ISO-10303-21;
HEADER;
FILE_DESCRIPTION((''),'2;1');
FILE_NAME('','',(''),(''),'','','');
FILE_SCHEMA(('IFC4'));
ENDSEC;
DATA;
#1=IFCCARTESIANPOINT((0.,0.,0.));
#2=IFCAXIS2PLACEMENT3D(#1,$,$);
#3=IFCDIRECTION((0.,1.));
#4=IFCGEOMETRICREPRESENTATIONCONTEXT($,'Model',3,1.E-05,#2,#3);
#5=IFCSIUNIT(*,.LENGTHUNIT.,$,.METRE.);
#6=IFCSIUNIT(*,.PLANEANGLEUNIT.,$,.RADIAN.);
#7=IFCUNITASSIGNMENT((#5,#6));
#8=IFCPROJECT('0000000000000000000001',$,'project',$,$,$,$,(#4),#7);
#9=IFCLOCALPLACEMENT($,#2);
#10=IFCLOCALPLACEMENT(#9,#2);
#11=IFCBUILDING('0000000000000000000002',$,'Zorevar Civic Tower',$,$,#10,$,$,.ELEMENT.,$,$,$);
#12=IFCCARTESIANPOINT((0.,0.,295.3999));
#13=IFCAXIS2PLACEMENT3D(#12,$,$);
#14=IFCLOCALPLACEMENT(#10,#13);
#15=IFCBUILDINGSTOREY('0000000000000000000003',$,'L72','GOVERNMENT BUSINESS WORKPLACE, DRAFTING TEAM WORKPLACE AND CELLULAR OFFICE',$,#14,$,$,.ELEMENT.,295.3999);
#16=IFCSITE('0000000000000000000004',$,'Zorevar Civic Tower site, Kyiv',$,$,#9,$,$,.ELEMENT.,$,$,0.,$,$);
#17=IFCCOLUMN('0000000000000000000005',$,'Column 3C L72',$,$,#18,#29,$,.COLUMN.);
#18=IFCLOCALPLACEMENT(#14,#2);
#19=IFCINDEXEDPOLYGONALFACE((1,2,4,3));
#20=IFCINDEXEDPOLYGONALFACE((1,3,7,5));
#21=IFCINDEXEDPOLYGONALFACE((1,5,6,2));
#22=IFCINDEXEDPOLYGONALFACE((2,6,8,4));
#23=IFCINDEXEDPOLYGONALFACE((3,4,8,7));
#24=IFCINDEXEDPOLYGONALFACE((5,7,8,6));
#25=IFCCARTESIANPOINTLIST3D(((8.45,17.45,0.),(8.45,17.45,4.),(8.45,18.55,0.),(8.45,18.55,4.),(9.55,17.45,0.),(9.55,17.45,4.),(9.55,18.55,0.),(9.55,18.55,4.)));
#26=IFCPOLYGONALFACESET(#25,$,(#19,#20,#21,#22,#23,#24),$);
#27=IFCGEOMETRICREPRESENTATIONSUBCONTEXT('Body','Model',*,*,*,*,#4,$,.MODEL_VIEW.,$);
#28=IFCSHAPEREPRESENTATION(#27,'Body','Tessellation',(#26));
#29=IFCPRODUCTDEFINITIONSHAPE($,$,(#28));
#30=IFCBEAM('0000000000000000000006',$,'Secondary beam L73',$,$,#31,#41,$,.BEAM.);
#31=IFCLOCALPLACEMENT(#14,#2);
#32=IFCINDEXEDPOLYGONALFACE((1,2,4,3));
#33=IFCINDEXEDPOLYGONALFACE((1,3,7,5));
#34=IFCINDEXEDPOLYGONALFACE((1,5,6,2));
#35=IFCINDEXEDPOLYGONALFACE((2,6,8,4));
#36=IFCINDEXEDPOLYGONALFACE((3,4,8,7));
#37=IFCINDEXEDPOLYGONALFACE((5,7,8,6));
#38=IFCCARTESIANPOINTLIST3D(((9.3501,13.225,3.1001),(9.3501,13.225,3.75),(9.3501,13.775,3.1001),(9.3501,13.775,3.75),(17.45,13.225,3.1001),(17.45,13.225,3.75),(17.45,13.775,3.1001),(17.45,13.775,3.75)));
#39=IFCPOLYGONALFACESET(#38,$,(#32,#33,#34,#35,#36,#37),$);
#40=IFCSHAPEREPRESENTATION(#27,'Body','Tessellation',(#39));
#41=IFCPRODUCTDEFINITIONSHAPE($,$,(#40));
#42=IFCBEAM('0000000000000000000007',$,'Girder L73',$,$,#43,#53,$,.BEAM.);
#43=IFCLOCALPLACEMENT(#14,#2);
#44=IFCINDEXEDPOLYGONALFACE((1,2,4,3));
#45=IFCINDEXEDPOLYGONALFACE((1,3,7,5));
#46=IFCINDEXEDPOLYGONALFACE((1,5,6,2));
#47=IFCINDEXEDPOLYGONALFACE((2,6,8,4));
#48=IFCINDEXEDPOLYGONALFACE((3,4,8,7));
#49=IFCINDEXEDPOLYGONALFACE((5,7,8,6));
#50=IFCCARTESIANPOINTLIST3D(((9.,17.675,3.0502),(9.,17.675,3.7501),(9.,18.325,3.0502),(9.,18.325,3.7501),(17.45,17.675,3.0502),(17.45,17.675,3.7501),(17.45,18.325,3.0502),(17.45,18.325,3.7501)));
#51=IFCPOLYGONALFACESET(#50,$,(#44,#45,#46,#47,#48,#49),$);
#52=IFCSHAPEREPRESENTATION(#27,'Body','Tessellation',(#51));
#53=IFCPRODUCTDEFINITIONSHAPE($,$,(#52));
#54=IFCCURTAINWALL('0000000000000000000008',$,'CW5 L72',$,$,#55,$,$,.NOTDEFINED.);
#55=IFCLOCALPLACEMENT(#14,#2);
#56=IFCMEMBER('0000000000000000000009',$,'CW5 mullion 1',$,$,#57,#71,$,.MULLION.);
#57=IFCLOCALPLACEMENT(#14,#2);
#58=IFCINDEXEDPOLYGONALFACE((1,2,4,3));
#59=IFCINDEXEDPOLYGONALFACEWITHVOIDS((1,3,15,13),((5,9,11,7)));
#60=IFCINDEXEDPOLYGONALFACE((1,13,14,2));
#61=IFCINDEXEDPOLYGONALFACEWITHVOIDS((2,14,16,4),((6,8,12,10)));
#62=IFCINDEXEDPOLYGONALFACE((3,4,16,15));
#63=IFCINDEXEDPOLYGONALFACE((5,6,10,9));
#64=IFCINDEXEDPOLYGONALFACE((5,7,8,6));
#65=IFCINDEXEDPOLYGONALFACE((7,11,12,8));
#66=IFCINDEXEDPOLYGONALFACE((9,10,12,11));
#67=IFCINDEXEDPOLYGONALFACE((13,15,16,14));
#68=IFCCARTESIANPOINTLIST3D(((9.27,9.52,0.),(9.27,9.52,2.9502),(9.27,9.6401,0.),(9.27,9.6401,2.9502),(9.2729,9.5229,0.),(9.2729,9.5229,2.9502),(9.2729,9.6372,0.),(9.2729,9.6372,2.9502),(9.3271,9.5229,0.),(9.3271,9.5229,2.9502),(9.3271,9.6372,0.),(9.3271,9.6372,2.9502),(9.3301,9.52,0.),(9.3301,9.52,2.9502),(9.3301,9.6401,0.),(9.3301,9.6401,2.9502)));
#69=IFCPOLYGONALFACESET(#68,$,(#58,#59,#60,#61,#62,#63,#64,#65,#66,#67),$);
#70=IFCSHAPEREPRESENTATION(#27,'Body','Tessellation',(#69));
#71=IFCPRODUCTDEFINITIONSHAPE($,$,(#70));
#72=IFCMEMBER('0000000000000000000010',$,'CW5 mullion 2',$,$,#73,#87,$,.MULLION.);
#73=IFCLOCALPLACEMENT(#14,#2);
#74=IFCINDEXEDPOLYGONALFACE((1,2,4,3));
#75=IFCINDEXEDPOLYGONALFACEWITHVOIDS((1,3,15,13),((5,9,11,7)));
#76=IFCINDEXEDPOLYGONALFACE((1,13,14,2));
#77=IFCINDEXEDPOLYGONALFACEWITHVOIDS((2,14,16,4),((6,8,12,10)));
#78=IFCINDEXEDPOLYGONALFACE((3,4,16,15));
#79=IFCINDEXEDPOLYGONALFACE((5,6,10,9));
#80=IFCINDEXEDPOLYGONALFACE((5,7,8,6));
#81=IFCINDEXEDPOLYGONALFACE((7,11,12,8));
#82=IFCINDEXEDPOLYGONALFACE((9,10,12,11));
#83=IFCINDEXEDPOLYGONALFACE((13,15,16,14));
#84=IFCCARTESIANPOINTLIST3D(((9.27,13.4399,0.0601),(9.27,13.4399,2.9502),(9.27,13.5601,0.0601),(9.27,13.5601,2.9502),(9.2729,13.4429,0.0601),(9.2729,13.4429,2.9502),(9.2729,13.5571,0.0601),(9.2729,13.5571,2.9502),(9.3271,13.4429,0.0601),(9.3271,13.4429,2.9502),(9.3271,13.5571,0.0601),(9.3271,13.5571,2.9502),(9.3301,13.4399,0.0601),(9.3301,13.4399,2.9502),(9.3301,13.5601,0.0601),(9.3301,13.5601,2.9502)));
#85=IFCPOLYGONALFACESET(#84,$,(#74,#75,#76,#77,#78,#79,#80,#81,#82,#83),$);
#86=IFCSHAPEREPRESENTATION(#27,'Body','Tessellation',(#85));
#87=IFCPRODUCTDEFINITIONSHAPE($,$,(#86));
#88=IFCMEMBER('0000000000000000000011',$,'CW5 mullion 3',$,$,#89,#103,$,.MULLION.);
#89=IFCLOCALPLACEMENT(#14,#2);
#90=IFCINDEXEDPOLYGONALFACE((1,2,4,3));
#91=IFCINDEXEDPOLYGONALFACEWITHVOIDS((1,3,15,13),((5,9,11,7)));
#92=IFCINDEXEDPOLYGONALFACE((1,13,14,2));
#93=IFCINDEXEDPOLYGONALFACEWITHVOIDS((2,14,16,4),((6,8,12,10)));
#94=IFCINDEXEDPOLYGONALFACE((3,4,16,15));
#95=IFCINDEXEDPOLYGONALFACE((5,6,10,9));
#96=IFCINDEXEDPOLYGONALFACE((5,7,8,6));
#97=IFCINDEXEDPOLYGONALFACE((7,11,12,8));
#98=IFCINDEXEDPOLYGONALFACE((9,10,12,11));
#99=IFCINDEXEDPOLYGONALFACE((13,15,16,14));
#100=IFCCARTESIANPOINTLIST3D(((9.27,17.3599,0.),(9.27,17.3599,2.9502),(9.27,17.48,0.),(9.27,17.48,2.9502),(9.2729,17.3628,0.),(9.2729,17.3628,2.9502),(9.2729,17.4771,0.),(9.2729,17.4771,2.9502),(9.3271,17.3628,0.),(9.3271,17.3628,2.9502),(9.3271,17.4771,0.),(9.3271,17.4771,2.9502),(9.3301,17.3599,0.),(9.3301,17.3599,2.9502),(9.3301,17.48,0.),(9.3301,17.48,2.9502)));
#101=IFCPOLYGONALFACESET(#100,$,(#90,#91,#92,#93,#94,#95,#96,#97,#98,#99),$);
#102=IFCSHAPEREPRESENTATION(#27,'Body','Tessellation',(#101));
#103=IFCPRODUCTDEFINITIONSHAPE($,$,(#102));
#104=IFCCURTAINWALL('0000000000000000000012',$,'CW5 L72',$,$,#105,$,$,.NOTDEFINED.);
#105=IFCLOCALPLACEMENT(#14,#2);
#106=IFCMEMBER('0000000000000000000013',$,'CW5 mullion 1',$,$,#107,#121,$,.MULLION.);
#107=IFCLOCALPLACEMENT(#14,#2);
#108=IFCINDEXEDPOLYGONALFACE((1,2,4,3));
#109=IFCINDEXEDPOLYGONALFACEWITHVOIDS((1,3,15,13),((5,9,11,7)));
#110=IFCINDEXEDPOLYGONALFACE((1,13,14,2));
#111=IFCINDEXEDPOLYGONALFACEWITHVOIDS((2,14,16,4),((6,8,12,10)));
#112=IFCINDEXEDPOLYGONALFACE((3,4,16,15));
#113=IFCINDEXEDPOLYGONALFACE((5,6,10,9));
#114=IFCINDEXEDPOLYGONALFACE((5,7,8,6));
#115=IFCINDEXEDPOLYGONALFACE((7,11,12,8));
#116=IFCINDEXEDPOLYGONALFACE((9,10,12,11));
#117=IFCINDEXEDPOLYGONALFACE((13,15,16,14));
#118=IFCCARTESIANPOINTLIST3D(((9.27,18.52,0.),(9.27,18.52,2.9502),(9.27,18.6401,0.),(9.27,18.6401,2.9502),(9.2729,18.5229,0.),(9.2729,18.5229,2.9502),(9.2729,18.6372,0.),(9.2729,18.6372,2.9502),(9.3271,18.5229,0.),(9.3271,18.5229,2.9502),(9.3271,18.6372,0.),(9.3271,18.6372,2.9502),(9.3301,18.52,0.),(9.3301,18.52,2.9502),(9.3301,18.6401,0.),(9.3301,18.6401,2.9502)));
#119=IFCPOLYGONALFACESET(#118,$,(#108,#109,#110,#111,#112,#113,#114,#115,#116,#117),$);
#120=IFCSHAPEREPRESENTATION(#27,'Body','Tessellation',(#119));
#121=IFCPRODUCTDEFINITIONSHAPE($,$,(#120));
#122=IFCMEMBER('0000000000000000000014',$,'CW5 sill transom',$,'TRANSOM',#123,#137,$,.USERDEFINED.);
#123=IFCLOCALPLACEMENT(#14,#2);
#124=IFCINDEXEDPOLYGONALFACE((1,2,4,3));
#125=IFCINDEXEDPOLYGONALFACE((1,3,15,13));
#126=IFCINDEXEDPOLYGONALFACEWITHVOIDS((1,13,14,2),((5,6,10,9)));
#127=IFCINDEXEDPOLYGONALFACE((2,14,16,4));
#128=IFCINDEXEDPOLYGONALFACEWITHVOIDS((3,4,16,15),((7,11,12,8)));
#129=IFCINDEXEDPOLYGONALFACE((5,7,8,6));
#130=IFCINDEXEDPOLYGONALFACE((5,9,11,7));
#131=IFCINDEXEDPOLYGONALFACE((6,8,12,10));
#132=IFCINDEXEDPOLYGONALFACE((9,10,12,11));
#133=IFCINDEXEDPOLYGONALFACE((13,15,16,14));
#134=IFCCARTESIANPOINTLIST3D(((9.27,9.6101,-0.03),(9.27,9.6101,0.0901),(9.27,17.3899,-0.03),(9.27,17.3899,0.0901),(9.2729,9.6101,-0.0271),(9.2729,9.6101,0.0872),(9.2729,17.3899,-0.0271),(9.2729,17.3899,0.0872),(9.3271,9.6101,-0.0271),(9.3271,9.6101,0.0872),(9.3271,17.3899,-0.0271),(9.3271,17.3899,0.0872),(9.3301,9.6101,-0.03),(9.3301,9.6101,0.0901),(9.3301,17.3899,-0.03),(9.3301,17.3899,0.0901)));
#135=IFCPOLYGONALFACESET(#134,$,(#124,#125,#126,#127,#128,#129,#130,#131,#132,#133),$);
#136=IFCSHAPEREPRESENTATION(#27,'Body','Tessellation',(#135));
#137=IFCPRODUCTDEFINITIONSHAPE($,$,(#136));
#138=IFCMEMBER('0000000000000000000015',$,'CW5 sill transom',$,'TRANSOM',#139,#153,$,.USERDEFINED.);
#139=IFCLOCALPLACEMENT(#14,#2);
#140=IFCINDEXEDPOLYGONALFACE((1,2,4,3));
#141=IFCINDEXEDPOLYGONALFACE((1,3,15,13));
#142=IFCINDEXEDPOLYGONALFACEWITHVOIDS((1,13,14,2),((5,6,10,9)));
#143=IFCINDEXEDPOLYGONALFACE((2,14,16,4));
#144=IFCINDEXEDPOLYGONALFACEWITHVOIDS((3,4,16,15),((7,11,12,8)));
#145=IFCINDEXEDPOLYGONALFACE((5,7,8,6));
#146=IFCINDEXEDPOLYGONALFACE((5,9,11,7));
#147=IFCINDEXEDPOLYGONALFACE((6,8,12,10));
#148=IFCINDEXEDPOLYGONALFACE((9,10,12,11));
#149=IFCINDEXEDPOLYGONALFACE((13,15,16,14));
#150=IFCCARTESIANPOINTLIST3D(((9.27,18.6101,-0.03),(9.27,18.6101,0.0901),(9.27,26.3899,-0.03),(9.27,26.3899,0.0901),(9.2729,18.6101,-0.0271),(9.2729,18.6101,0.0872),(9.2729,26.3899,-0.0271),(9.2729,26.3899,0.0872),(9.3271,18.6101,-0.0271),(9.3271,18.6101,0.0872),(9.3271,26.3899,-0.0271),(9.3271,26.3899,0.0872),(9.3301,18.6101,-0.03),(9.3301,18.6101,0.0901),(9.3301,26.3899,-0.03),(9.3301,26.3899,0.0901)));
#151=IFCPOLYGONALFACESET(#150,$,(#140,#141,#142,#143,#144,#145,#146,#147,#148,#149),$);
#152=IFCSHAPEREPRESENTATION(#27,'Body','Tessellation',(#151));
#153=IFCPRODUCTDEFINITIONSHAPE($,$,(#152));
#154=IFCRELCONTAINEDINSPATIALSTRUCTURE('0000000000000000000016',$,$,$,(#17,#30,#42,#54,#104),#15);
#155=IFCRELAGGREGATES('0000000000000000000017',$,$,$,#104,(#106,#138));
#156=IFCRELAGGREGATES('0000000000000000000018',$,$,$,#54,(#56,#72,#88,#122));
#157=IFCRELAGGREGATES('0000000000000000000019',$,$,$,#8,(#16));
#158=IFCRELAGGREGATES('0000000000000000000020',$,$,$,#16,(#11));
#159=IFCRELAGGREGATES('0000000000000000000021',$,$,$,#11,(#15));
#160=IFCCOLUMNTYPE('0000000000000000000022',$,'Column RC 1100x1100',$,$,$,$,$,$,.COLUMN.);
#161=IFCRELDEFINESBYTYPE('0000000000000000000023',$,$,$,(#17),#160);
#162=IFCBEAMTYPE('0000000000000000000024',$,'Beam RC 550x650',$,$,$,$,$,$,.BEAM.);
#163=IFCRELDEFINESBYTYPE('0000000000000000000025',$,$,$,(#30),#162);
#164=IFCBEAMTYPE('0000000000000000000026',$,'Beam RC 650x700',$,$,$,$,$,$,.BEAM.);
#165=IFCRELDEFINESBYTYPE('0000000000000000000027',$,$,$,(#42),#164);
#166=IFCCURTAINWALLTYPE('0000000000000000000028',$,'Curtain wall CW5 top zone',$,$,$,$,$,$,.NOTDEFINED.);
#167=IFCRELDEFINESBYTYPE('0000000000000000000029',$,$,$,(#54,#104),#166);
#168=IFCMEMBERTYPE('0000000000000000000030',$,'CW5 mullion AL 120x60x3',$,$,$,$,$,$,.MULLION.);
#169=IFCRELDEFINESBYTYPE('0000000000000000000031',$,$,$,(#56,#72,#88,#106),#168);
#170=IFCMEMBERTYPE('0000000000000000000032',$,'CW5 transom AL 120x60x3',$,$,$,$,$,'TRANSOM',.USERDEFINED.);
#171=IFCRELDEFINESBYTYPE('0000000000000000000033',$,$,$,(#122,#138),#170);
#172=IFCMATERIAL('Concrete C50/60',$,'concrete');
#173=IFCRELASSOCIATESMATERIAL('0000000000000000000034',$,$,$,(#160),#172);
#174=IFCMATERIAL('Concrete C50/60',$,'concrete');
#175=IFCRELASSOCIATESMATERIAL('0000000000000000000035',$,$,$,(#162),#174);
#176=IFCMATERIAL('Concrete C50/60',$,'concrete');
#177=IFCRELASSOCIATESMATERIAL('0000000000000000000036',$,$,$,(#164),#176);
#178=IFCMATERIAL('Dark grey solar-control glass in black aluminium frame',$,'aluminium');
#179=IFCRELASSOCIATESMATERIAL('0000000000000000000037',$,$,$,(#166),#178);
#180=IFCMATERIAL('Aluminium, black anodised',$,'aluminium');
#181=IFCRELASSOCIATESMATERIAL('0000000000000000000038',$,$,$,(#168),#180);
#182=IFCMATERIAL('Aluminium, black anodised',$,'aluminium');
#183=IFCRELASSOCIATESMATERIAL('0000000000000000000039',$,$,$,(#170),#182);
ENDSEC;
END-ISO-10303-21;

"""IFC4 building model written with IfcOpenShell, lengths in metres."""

from ifc_helpers import new_model, si_unit, direction, frame, origin, origin_2d, place, context, subcontext, project, spatial, rectangle, hollow_rectangle, extrude, material, material_profile, profile_set, type_object, element, aggregate, save


model = new_model("IFC4")

# Units and contexts
model_context = context("Model", 3, precision=1e-05, world=origin(), true_north=direction((0.0, 1.0)))
body_context = subcontext(model_context, "Body", "Model", "MODEL_VIEW")
ifc_project = project(units=[si_unit("LENGTHUNIT", "METRE"), si_unit("PLANEANGLEUNIT", "RADIAN")], contexts=[model_context])

# Site, building, storey
site_placement = place(None, origin())
site = spatial("IfcSite", under=ifc_project, at=site_placement, Name="Zorevar Civic Tower site, Kyiv", CompositionType="ELEMENT", RefElevation=0.0)
building_placement = place(site_placement, origin())
building = spatial("IfcBuilding", under=site, at=building_placement, Name="Zorevar Civic Tower", CompositionType="ELEMENT")
storey_placement = place(building_placement, frame((0.0, 0.0, 295.3999)))
storey = spatial("IfcBuildingStorey", under=building, at=storey_placement, Name="L72", Description="GOVERNMENT BUSINESS WORKPLACE, DRAFTING TEAM WORKPLACE AND CELLULAR OFFICE", CompositionType="ELEMENT", Elevation=295.3999)

# Column
ifc_material_1 = material(Name="Concrete C50/60", Category="concrete")
ifc_material_profile_1 = material_profile(ifc_material_1, rectangle(XDim=1.1001, YDim=1.1001, at=origin_2d()), Name="RC 1100x1100")
ifc_profile_set_1 = profile_set([ifc_material_profile_1], Name="Concrete C50/60")
column_type = type_object("IfcColumnType", Name="Column RC 1100x1100", PredefinedType="COLUMN", material=ifc_profile_set_1)
column_placement = place(storey_placement, frame((9.0, 18.0, 0.0), z_axis=(0.0, 0.0, 1.0), x_axis=(1.0, 0.0, 0.0)))
element("IfcColumn", 1, at=column_placement, inside=storey, type_object=column_type, Name="Column 3C L72", PredefinedType="COLUMN", context=body_context, shape_type="SweptSolid", body=[
    extrude(rectangle(XDim=1.1001, YDim=1.1001, at=origin_2d()), origin(), (0.0, 0.0, 1.0), 4.0),
])

# Beams
ifc_material_2 = material(Name="Concrete C50/60", Category="concrete")
ifc_material_profile_2 = material_profile(ifc_material_2, rectangle(XDim=0.55, YDim=0.6499, at=origin_2d()), Name="RC 550x650")
ifc_profile_set_2 = profile_set([ifc_material_profile_2], Name="Concrete C50/60")
beam_type_1 = type_object("IfcBeamType", Name="Beam RC 550x650", PredefinedType="BEAM", material=ifc_profile_set_2)
beam_1_placement = place(storey_placement, frame((9.3501, 13.5, 3.425), z_axis=(1.0, 0.0, 0.0), x_axis=(0.0, 1.0, 0.0)))
element("IfcBeam", 2, at=beam_1_placement, inside=storey, type_object=beam_type_1, Name="Secondary beam L73", PredefinedType="BEAM", context=body_context, shape_type="SweptSolid", body=[
    extrude(rectangle(XDim=0.55, YDim=0.6499, at=origin_2d()), origin(), (0.0, 0.0, 1.0), 8.0999),
])
ifc_material_3 = material(Name="Concrete C50/60", Category="concrete")
ifc_material_profile_3 = material_profile(ifc_material_3, rectangle(XDim=0.6499, YDim=0.7, at=origin_2d()), Name="RC 650x700")
ifc_profile_set_3 = profile_set([ifc_material_profile_3], Name="Concrete C50/60")
beam_type_2 = type_object("IfcBeamType", Name="Beam RC 650x700", PredefinedType="BEAM", material=ifc_profile_set_3)
beam_2_placement = place(storey_placement, frame((9.0, 18.0, 3.4001), z_axis=(1.0, 0.0, 0.0), x_axis=(0.0, 1.0, 0.0)))
element("IfcBeam", 3, at=beam_2_placement, inside=storey, type_object=beam_type_2, Name="Girder L73", PredefinedType="BEAM", context=body_context, shape_type="SweptSolid", body=[
    extrude(rectangle(XDim=0.6499, YDim=0.7, at=origin_2d()), origin(), (0.0, 0.0, 1.0), 8.45),
])

# Curtain wall, members
ifc_material_4 = material(Name="Dark grey solar-control glass in black aluminium frame", Category="aluminium")
curtain_wall_type = type_object("IfcCurtainWallType", Name="Curtain wall CW5 top zone", PredefinedType="NOTDEFINED", material=ifc_material_4)
curtain_wall_1_placement = place(storey_placement, origin())
curtain_wall_1 = element("IfcCurtainWall", 4, at=curtain_wall_1_placement, inside=storey, type_object=curtain_wall_type, Name="CW5 L72", PredefinedType="NOTDEFINED")
ifc_material_5 = material(Name="Aluminium, black anodised", Category="aluminium")
ifc_material_profile_4 = material_profile(ifc_material_5, hollow_rectangle(XDim=0.0601, YDim=0.1201, WallThickness=0.0029, at=origin_2d()), Name="AL 120x60x3")
ifc_profile_set_4 = profile_set([ifc_material_profile_4], Name="Aluminium, black anodised")
member_type_1 = type_object("IfcMemberType", Name="CW5 mullion AL 120x60x3", PredefinedType="MULLION", material=ifc_profile_set_4)
member_1_placement = place(storey_placement, frame((9.3, 9.5801, 0.0), z_axis=(0.0, 0.0, 1.0), x_axis=(-1.0, 0.0, 0.0)))
member_1 = element("IfcMember", 5, at=member_1_placement, type_object=member_type_1, Name="CW5 mullion 1", PredefinedType="MULLION", context=body_context, shape_type="SweptSolid", body=[
    extrude(hollow_rectangle(XDim=0.0601, YDim=0.1201, WallThickness=0.0029, at=origin_2d()), origin(), (0.0, 0.0, 1.0), 2.9502),
])
member_2_placement = place(storey_placement, frame((9.3, 13.5, 0.0601), z_axis=(0.0, 0.0, 1.0), x_axis=(-1.0, 0.0, 0.0)))
member_2 = element("IfcMember", 6, at=member_2_placement, type_object=member_type_1, Name="CW5 mullion 2", PredefinedType="MULLION", context=body_context, shape_type="SweptSolid", body=[
    extrude(hollow_rectangle(XDim=0.0601, YDim=0.1201, WallThickness=0.0029, at=origin_2d()), origin(), (0.0, 0.0, 1.0), 2.8901),
])
member_3_placement = place(storey_placement, frame((9.3, 17.4199, 0.0), z_axis=(0.0, 0.0, 1.0), x_axis=(-1.0, 0.0, 0.0)))
member_3 = element("IfcMember", 7, at=member_3_placement, type_object=member_type_1, Name="CW5 mullion 3", PredefinedType="MULLION", context=body_context, shape_type="SweptSolid", body=[
    extrude(hollow_rectangle(XDim=0.0601, YDim=0.1201, WallThickness=0.0029, at=origin_2d()), origin(), (0.0, 0.0, 1.0), 2.9502),
])

# Curtain wall, member
curtain_wall_2_placement = place(storey_placement, origin())
curtain_wall_2 = element("IfcCurtainWall", 8, at=curtain_wall_2_placement, inside=storey, type_object=curtain_wall_type, Name="CW5 L72", PredefinedType="NOTDEFINED")
member_4_placement = place(storey_placement, frame((9.3, 18.5801, 0.0), z_axis=(0.0, 0.0, 1.0), x_axis=(-1.0, 0.0, 0.0)))
member_4 = element("IfcMember", 9, at=member_4_placement, type_object=member_type_1, Name="CW5 mullion 1", PredefinedType="MULLION", context=body_context, shape_type="SweptSolid", body=[
    extrude(hollow_rectangle(XDim=0.0601, YDim=0.1201, WallThickness=0.0029, at=origin_2d()), origin(), (0.0, 0.0, 1.0), 2.9502),
])

# Members
ifc_material_6 = material(Name="Aluminium, black anodised", Category="aluminium")
ifc_material_profile_5 = material_profile(ifc_material_6, hollow_rectangle(XDim=0.0601, YDim=0.1201, WallThickness=0.0029, at=origin_2d()), Name="AL 120x60x3")
ifc_profile_set_5 = profile_set([ifc_material_profile_5], Name="Aluminium, black anodised")
member_type_2 = type_object("IfcMemberType", Name="CW5 transom AL 120x60x3", ElementType="TRANSOM", PredefinedType="USERDEFINED", material=ifc_profile_set_5)
member_5_placement = place(storey_placement, frame((9.3, 9.6101, 0.03), z_axis=(0.0, 1.0, 0.0), x_axis=(-1.0, 0.0, 0.0)))
member_5 = element("IfcMember", 10, at=member_5_placement, type_object=member_type_2, Name="CW5 sill transom", ObjectType="TRANSOM", PredefinedType="USERDEFINED", context=body_context, shape_type="SweptSolid", body=[
    extrude(hollow_rectangle(XDim=0.0601, YDim=0.1201, WallThickness=0.0029, at=origin_2d()), origin(), (0.0, 0.0, 1.0), 7.7798),
])
member_6_placement = place(storey_placement, frame((9.3, 18.6101, 0.03), z_axis=(0.0, 1.0, 0.0), x_axis=(-1.0, 0.0, 0.0)))
member_6 = element("IfcMember", 11, at=member_6_placement, type_object=member_type_2, Name="CW5 sill transom", ObjectType="TRANSOM", PredefinedType="USERDEFINED", context=body_context, shape_type="SweptSolid", body=[
    extrude(hollow_rectangle(XDim=0.0601, YDim=0.1201, WallThickness=0.0029, at=origin_2d()), origin(), (0.0, 0.0, 1.0), 7.7798),
])
aggregate(curtain_wall_2, [member_4, member_6])

aggregate(curtain_wall_1, [member_1, member_2, member_3, member_5])

save(model, "model.ifc")
